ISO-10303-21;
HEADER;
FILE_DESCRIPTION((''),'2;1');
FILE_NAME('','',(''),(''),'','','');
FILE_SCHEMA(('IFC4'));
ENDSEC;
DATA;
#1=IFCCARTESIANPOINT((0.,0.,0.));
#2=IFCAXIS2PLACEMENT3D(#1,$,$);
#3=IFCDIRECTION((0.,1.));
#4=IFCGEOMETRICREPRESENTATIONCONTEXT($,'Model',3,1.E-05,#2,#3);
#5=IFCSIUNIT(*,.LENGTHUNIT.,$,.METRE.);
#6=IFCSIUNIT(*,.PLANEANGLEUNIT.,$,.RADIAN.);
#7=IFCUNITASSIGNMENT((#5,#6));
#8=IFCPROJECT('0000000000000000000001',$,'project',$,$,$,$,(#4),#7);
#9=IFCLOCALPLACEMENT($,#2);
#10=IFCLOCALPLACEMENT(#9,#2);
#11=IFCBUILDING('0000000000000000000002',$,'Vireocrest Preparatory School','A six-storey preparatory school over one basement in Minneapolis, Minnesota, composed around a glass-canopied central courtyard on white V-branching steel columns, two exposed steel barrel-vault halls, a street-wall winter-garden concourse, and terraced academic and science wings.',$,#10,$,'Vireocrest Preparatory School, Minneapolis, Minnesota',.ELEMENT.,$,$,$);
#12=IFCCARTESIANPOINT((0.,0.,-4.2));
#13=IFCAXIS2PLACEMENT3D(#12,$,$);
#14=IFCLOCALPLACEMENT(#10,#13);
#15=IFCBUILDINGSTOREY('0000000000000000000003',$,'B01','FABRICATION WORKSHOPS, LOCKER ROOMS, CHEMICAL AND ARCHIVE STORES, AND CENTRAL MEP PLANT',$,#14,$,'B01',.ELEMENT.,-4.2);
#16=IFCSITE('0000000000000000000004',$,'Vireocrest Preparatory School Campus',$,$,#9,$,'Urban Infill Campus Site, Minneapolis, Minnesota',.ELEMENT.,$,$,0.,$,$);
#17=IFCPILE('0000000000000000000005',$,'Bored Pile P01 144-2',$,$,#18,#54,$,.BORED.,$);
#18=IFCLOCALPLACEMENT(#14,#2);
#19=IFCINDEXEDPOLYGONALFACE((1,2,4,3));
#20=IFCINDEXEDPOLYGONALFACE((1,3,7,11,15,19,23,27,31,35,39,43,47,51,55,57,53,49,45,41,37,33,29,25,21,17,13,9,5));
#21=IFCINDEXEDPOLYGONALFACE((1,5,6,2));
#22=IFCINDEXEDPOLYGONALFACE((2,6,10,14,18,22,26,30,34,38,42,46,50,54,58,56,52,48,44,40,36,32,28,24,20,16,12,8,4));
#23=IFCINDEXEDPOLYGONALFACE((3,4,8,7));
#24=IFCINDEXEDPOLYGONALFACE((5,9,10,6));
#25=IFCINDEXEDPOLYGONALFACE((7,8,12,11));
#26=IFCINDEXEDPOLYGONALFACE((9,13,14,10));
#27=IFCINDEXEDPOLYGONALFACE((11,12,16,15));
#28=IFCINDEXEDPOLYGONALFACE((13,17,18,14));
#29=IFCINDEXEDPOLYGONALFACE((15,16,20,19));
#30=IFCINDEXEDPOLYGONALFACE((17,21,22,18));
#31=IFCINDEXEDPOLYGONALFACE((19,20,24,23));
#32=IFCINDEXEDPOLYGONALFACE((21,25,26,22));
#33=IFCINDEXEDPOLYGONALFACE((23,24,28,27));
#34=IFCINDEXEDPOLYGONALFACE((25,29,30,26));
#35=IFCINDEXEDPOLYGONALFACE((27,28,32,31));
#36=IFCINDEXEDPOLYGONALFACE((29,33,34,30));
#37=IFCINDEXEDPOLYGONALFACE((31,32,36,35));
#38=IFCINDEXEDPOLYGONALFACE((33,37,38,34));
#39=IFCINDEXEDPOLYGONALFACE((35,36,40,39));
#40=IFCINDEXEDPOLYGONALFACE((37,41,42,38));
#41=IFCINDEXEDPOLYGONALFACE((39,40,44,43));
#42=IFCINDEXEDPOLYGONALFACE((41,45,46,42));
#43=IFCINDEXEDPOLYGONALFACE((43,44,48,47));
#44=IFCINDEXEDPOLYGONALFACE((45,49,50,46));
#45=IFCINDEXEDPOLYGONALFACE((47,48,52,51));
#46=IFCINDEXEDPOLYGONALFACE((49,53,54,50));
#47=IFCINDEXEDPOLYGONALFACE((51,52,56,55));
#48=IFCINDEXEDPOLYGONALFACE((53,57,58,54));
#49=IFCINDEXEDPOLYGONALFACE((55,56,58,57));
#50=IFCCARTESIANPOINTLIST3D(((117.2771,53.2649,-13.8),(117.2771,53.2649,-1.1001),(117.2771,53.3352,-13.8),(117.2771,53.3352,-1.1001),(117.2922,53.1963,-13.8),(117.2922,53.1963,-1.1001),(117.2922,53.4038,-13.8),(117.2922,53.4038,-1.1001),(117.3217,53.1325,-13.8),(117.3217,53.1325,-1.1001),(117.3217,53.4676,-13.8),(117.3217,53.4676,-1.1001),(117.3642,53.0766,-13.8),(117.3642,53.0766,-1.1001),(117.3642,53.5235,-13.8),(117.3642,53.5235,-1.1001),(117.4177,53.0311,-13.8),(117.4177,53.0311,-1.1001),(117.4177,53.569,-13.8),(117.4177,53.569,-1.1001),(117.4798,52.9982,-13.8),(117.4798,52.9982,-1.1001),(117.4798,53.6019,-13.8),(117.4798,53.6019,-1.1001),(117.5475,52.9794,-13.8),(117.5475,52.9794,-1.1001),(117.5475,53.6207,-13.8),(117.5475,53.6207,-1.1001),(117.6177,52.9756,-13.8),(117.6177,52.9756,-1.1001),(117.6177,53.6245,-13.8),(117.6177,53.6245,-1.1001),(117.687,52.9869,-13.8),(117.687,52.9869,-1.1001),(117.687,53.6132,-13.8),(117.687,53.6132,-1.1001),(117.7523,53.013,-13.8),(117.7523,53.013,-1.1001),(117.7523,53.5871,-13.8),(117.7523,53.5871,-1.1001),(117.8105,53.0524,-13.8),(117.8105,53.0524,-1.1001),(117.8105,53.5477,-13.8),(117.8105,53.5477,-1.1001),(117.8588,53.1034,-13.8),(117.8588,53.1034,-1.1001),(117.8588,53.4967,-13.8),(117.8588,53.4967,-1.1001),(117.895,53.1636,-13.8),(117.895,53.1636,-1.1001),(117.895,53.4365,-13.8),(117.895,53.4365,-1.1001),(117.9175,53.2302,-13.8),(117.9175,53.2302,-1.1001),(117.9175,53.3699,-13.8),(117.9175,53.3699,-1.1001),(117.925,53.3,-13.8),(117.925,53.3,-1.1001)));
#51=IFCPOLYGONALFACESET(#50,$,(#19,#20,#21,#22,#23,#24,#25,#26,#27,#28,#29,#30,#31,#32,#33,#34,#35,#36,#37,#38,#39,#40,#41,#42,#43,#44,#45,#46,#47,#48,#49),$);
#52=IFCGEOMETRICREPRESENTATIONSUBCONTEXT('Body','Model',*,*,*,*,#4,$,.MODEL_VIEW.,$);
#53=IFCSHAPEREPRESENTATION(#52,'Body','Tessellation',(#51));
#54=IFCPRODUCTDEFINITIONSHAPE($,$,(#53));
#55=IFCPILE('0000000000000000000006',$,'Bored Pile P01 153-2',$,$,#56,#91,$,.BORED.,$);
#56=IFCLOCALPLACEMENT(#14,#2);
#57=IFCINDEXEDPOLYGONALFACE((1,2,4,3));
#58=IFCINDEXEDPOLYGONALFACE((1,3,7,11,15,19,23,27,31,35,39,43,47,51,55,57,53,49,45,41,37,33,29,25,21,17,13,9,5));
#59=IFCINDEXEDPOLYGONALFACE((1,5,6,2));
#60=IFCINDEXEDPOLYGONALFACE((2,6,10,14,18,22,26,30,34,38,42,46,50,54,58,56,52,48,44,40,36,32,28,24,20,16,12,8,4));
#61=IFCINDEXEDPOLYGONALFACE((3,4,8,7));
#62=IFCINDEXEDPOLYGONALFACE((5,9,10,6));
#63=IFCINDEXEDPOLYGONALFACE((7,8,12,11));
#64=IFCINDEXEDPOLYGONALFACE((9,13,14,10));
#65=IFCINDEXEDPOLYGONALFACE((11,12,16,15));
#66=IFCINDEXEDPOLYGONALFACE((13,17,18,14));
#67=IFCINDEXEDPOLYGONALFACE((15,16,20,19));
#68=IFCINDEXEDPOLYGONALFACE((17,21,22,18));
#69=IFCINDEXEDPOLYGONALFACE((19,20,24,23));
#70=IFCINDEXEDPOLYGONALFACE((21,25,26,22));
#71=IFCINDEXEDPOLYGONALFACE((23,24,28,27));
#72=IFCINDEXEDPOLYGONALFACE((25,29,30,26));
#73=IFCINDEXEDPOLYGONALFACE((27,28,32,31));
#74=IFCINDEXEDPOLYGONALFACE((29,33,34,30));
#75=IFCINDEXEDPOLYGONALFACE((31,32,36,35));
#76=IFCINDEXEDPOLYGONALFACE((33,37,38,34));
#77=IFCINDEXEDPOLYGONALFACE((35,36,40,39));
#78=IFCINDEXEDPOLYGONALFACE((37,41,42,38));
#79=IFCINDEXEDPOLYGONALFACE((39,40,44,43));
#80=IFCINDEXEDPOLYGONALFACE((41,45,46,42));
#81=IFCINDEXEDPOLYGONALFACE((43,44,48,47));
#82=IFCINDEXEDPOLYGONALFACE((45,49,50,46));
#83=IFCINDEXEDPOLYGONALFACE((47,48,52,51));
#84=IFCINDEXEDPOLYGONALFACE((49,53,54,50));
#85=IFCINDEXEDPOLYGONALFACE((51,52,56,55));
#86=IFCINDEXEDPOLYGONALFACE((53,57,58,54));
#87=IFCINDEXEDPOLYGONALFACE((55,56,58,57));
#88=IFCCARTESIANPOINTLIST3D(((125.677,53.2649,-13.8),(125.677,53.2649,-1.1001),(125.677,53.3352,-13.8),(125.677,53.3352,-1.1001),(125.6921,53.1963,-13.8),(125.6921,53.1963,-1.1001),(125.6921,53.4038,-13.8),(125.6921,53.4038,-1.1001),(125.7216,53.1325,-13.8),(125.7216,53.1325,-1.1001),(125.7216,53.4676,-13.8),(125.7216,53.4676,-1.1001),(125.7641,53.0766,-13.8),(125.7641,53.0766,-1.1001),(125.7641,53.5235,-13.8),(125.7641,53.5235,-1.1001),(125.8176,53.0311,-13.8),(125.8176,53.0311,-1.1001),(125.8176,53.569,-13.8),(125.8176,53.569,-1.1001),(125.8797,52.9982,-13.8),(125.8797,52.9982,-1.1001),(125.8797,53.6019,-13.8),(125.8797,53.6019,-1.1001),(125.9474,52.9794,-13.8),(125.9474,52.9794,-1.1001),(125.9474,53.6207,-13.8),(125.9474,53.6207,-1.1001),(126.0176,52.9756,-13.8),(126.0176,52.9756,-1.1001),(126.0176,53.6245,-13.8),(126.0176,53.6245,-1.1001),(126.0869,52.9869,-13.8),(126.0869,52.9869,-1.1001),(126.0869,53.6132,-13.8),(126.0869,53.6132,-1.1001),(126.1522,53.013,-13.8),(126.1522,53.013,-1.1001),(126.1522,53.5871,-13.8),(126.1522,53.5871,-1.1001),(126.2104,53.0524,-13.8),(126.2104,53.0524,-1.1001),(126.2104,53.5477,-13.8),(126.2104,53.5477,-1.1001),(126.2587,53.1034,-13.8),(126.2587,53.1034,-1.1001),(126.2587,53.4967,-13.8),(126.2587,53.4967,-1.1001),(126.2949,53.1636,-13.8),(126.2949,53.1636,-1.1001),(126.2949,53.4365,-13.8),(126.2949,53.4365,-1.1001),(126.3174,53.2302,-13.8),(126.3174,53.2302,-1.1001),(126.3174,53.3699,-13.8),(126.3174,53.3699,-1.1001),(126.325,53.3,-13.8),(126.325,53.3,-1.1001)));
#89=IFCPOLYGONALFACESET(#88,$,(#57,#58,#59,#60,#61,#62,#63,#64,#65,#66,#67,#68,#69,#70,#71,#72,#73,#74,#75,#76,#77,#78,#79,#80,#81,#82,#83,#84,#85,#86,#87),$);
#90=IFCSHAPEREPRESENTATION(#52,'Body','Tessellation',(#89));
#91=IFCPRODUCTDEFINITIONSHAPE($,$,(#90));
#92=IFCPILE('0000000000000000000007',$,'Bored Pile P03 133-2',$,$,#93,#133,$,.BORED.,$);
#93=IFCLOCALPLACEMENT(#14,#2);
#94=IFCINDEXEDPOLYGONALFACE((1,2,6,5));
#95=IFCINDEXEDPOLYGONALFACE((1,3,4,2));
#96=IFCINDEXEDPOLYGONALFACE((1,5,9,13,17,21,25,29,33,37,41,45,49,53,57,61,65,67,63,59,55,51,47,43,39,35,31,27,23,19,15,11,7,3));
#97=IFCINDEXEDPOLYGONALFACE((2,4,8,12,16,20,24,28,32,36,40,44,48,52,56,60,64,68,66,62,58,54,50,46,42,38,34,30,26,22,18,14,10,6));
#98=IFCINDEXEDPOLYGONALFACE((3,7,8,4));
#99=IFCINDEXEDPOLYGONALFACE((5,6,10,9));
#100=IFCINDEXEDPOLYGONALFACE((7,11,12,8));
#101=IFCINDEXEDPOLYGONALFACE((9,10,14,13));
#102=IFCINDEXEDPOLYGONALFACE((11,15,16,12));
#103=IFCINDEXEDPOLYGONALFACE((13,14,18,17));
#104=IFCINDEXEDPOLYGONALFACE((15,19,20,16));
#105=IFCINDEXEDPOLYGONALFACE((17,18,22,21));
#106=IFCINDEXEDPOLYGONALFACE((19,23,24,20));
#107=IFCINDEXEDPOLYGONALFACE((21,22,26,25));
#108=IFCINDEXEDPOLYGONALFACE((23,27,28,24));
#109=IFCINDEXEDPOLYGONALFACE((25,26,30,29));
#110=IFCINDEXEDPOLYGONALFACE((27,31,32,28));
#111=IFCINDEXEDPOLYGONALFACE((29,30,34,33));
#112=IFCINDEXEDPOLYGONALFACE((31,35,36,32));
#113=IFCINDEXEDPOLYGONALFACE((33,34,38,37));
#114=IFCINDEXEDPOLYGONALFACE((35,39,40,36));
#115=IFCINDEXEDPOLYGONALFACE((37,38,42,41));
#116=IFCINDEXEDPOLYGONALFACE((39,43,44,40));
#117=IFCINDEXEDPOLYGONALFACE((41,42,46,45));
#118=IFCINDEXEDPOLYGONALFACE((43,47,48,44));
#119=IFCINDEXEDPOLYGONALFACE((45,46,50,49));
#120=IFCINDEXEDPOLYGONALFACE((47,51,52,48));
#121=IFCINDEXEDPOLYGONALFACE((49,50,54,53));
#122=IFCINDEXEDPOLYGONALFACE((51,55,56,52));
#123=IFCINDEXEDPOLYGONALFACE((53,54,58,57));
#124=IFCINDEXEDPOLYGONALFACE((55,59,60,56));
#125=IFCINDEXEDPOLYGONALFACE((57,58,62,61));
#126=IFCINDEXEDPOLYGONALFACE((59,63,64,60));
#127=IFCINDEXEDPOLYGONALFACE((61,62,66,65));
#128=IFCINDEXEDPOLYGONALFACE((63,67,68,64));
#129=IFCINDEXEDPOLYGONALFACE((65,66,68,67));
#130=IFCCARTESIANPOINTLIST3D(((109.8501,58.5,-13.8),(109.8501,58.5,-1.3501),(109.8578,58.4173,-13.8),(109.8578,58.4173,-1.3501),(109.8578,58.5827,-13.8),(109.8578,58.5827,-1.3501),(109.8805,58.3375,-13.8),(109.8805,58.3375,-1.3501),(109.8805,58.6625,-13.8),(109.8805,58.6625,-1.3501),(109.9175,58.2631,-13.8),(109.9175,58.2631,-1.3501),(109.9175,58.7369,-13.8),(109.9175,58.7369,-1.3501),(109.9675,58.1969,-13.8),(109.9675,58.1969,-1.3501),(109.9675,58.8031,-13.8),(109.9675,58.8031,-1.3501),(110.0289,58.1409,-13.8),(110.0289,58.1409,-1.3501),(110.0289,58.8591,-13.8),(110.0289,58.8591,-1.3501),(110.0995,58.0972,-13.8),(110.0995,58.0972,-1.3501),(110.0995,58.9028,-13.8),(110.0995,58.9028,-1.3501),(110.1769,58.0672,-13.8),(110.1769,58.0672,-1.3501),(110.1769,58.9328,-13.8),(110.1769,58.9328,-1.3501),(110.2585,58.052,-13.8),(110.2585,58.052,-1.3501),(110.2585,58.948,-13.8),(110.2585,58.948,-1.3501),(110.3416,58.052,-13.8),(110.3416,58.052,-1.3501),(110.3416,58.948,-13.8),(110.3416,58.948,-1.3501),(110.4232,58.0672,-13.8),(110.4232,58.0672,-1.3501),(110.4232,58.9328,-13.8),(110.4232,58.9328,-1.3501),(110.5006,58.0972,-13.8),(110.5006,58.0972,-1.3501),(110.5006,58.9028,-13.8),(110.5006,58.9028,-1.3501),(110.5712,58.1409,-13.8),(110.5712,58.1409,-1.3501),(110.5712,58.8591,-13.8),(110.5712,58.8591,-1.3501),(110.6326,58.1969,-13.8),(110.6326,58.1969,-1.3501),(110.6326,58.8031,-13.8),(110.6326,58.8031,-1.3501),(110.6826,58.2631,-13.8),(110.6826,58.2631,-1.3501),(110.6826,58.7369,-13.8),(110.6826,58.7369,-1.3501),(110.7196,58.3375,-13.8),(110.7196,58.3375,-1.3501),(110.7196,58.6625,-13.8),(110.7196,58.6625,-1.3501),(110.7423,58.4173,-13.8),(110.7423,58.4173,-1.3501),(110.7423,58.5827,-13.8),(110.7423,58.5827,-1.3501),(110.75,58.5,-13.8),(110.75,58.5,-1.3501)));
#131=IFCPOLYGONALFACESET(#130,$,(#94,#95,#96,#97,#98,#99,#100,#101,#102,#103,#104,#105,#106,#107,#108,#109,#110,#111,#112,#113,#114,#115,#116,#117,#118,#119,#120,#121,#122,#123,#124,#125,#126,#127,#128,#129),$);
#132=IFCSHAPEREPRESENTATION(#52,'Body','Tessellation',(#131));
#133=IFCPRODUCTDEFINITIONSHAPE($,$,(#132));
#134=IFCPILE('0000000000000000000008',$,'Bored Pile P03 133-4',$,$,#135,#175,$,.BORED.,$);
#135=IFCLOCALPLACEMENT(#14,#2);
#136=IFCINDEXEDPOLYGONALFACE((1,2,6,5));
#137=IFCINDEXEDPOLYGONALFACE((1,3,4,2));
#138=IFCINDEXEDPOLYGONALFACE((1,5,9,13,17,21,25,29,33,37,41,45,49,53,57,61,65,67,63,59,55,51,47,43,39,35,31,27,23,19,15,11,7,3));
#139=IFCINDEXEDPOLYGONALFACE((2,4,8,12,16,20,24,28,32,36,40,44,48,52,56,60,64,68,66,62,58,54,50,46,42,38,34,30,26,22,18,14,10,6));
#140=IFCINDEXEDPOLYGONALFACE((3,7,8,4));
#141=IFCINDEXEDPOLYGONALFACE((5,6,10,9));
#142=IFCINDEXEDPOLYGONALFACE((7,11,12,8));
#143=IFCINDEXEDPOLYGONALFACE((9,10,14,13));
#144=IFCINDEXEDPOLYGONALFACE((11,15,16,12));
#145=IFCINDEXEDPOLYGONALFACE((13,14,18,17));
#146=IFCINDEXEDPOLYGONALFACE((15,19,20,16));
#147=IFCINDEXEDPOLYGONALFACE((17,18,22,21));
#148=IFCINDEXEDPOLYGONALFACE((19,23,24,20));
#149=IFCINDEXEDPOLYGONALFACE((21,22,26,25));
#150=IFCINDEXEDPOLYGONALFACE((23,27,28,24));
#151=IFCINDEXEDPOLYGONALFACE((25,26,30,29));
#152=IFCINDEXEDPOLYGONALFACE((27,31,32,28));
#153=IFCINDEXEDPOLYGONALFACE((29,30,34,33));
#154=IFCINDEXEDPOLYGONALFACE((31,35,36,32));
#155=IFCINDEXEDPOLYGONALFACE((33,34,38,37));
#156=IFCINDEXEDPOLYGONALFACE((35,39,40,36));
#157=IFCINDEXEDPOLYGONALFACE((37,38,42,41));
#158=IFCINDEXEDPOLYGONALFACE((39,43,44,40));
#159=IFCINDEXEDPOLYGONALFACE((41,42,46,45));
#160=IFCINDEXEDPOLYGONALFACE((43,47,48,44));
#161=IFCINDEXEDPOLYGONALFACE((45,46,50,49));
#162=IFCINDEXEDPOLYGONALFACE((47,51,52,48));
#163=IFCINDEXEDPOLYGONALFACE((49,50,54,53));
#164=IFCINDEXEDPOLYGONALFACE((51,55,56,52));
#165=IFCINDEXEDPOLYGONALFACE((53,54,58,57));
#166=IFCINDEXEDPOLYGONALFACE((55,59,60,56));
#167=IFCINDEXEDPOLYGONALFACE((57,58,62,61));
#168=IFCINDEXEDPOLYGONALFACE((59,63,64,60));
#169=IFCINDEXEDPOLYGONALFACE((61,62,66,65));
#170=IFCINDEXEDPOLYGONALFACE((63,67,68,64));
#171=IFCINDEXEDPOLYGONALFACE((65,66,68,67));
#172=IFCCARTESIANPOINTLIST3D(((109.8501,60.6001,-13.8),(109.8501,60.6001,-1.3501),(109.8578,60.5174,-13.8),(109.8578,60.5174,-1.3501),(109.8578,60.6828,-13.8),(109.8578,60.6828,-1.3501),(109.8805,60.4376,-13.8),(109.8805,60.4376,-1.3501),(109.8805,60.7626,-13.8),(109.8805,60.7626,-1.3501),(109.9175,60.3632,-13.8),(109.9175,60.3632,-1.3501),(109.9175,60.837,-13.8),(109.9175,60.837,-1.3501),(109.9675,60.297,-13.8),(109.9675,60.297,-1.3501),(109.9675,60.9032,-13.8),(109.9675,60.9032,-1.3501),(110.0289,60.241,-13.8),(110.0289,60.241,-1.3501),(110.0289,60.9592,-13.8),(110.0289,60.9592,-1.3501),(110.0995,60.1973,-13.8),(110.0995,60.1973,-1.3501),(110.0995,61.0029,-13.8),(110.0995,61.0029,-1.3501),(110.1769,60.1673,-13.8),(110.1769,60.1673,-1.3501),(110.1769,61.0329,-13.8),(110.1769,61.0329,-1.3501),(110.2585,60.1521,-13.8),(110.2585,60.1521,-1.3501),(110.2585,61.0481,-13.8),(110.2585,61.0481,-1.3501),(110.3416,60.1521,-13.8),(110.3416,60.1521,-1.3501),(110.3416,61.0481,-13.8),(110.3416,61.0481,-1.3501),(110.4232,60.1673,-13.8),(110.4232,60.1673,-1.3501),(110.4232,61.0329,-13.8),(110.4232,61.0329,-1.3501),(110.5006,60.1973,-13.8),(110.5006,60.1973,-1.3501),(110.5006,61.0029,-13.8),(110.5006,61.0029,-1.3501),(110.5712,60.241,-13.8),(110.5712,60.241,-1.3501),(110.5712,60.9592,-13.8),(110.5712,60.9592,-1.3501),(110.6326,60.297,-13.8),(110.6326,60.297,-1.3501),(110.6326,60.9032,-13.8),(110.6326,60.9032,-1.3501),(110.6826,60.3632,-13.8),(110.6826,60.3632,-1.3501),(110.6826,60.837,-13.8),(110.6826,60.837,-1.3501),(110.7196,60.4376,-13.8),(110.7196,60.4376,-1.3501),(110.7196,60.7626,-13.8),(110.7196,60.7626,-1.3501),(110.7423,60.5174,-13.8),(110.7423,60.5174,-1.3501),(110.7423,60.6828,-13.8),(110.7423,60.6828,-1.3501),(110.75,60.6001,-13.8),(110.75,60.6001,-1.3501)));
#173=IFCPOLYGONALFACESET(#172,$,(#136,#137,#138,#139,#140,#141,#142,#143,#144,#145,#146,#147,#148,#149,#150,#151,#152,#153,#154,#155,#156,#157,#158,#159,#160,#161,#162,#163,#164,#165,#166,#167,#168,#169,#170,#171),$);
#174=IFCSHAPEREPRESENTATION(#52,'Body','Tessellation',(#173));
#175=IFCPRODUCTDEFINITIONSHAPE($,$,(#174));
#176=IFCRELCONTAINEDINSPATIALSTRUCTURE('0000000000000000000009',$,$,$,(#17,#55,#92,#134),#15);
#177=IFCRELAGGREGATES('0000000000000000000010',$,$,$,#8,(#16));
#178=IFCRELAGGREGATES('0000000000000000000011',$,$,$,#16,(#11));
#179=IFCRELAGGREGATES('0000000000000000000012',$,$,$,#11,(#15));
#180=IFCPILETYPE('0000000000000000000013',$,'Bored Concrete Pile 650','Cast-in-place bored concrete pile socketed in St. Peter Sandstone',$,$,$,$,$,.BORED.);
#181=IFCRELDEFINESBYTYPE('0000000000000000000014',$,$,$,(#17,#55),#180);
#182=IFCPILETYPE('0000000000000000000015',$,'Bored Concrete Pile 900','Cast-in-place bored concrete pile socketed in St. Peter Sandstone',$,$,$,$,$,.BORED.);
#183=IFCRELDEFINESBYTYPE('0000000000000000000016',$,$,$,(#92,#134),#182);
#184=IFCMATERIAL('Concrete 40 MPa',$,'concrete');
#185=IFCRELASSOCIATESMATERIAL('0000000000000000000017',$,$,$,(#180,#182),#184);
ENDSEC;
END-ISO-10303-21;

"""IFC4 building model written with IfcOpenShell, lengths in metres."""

from ifc_helpers import new_model, si_unit, direction, frame, origin, origin_2d, place, context, subcontext, project, spatial, circle, extrude, material, material_profile, profile_set, type_object, element, save


model = new_model("IFC4")

# Units and contexts
model_context = context("Model", 3, precision=1e-05, world=origin(), true_north=direction((0.0, 1.0)))
body_context = subcontext(model_context, "Body", "Model", "MODEL_VIEW")
ifc_project = project(units=[si_unit("LENGTHUNIT", "METRE"), si_unit("PLANEANGLEUNIT", "RADIAN")], contexts=[model_context])

# Site, building, storey
site_placement = place(None, origin())
site = spatial("IfcSite", under=ifc_project, at=site_placement, Name="Vireocrest Preparatory School Campus", LongName="Urban Infill Campus Site, Minneapolis, Minnesota", CompositionType="ELEMENT", RefElevation=0.0)
building_placement = place(site_placement, origin())
building = spatial("IfcBuilding", under=site, at=building_placement, Name="Vireocrest Preparatory School", Description="A six-storey preparatory school over one basement in Minneapolis, Minnesota, composed around a glass-canopied central courtyard on white V-branching steel columns, two exposed steel barrel-vault halls, a street-wall winter-garden concourse, and terraced academic and science wings.", LongName="Vireocrest Preparatory School, Minneapolis, Minnesota", CompositionType="ELEMENT")
storey_placement = place(building_placement, frame((0.0, 0.0, -4.2)))
storey = spatial("IfcBuildingStorey", under=building, at=storey_placement, Name="B01", Description="FABRICATION WORKSHOPS, LOCKER ROOMS, CHEMICAL AND ARCHIVE STORES, AND CENTRAL MEP PLANT", LongName="B01", CompositionType="ELEMENT", Elevation=-4.2)

# Piles
ifc_material_1 = material(Name="Concrete 40 MPa", Category="concrete")
ifc_material_profile_1 = material_profile(ifc_material_1, circle(Radius=0.325, at=origin_2d()), Name="BORED PILE 650")
ifc_profile_set_1 = profile_set([ifc_material_profile_1], Name="Concrete 40 MPa")
pile_type_1 = type_object("IfcPileType", Name="Bored Concrete Pile 650", Description="Cast-in-place bored concrete pile socketed in St. Peter Sandstone", PredefinedType="BORED", material=ifc_profile_set_1)
for number, where, z_axis, x_axis, name in (
    (1, (117.6001, 53.3, -1.1001), (0.0, 0.0, -1.0), (1.0, 0.0, 0.0), "Bored Pile P01 144-2"),
    (2, (126.0, 53.3, -1.1001), (0.0, 0.0, -1.0), (1.0, 0.0, 0.0), "Bored Pile P01 153-2"),
):
    element("IfcPile", number, at=place(storey_placement, frame(where, z_axis=z_axis, x_axis=x_axis)), inside=storey, type_object=pile_type_1, Name=name, PredefinedType="BORED", context=body_context, shape_type="SweptSolid", body=[
        extrude(circle(Radius=0.325, at=origin_2d()), origin(), (0.0, 0.0, 1.0), 12.7),
    ])
ifc_material_profile_2 = material_profile(ifc_material_1, circle(Radius=0.45, at=origin_2d()), Name="BORED PILE 900")
ifc_profile_set_2 = profile_set([ifc_material_profile_2], Name="Concrete 40 MPa")
pile_type_2 = type_object("IfcPileType", Name="Bored Concrete Pile 900", Description="Cast-in-place bored concrete pile socketed in St. Peter Sandstone", PredefinedType="BORED", material=ifc_profile_set_2)
for number, where, z_axis, x_axis, name in (
    (3, (110.3, 58.5, -1.3501), (0.0, 0.0, -1.0), (1.0, 0.0, 0.0), "Bored Pile P03 133-2"),
    (4, (110.3, 60.6001, -1.3501), (0.0, 0.0, -1.0), (1.0, 0.0, 0.0), "Bored Pile P03 133-4"),
):
    element("IfcPile", number, at=place(storey_placement, frame(where, z_axis=z_axis, x_axis=x_axis)), inside=storey, type_object=pile_type_2, Name=name, PredefinedType="BORED", context=body_context, shape_type="SweptSolid", body=[
        extrude(circle(Radius=0.45, at=origin_2d()), origin(), (0.0, 0.0, 1.0), 12.45),
    ])

save(model, "model.ifc")
